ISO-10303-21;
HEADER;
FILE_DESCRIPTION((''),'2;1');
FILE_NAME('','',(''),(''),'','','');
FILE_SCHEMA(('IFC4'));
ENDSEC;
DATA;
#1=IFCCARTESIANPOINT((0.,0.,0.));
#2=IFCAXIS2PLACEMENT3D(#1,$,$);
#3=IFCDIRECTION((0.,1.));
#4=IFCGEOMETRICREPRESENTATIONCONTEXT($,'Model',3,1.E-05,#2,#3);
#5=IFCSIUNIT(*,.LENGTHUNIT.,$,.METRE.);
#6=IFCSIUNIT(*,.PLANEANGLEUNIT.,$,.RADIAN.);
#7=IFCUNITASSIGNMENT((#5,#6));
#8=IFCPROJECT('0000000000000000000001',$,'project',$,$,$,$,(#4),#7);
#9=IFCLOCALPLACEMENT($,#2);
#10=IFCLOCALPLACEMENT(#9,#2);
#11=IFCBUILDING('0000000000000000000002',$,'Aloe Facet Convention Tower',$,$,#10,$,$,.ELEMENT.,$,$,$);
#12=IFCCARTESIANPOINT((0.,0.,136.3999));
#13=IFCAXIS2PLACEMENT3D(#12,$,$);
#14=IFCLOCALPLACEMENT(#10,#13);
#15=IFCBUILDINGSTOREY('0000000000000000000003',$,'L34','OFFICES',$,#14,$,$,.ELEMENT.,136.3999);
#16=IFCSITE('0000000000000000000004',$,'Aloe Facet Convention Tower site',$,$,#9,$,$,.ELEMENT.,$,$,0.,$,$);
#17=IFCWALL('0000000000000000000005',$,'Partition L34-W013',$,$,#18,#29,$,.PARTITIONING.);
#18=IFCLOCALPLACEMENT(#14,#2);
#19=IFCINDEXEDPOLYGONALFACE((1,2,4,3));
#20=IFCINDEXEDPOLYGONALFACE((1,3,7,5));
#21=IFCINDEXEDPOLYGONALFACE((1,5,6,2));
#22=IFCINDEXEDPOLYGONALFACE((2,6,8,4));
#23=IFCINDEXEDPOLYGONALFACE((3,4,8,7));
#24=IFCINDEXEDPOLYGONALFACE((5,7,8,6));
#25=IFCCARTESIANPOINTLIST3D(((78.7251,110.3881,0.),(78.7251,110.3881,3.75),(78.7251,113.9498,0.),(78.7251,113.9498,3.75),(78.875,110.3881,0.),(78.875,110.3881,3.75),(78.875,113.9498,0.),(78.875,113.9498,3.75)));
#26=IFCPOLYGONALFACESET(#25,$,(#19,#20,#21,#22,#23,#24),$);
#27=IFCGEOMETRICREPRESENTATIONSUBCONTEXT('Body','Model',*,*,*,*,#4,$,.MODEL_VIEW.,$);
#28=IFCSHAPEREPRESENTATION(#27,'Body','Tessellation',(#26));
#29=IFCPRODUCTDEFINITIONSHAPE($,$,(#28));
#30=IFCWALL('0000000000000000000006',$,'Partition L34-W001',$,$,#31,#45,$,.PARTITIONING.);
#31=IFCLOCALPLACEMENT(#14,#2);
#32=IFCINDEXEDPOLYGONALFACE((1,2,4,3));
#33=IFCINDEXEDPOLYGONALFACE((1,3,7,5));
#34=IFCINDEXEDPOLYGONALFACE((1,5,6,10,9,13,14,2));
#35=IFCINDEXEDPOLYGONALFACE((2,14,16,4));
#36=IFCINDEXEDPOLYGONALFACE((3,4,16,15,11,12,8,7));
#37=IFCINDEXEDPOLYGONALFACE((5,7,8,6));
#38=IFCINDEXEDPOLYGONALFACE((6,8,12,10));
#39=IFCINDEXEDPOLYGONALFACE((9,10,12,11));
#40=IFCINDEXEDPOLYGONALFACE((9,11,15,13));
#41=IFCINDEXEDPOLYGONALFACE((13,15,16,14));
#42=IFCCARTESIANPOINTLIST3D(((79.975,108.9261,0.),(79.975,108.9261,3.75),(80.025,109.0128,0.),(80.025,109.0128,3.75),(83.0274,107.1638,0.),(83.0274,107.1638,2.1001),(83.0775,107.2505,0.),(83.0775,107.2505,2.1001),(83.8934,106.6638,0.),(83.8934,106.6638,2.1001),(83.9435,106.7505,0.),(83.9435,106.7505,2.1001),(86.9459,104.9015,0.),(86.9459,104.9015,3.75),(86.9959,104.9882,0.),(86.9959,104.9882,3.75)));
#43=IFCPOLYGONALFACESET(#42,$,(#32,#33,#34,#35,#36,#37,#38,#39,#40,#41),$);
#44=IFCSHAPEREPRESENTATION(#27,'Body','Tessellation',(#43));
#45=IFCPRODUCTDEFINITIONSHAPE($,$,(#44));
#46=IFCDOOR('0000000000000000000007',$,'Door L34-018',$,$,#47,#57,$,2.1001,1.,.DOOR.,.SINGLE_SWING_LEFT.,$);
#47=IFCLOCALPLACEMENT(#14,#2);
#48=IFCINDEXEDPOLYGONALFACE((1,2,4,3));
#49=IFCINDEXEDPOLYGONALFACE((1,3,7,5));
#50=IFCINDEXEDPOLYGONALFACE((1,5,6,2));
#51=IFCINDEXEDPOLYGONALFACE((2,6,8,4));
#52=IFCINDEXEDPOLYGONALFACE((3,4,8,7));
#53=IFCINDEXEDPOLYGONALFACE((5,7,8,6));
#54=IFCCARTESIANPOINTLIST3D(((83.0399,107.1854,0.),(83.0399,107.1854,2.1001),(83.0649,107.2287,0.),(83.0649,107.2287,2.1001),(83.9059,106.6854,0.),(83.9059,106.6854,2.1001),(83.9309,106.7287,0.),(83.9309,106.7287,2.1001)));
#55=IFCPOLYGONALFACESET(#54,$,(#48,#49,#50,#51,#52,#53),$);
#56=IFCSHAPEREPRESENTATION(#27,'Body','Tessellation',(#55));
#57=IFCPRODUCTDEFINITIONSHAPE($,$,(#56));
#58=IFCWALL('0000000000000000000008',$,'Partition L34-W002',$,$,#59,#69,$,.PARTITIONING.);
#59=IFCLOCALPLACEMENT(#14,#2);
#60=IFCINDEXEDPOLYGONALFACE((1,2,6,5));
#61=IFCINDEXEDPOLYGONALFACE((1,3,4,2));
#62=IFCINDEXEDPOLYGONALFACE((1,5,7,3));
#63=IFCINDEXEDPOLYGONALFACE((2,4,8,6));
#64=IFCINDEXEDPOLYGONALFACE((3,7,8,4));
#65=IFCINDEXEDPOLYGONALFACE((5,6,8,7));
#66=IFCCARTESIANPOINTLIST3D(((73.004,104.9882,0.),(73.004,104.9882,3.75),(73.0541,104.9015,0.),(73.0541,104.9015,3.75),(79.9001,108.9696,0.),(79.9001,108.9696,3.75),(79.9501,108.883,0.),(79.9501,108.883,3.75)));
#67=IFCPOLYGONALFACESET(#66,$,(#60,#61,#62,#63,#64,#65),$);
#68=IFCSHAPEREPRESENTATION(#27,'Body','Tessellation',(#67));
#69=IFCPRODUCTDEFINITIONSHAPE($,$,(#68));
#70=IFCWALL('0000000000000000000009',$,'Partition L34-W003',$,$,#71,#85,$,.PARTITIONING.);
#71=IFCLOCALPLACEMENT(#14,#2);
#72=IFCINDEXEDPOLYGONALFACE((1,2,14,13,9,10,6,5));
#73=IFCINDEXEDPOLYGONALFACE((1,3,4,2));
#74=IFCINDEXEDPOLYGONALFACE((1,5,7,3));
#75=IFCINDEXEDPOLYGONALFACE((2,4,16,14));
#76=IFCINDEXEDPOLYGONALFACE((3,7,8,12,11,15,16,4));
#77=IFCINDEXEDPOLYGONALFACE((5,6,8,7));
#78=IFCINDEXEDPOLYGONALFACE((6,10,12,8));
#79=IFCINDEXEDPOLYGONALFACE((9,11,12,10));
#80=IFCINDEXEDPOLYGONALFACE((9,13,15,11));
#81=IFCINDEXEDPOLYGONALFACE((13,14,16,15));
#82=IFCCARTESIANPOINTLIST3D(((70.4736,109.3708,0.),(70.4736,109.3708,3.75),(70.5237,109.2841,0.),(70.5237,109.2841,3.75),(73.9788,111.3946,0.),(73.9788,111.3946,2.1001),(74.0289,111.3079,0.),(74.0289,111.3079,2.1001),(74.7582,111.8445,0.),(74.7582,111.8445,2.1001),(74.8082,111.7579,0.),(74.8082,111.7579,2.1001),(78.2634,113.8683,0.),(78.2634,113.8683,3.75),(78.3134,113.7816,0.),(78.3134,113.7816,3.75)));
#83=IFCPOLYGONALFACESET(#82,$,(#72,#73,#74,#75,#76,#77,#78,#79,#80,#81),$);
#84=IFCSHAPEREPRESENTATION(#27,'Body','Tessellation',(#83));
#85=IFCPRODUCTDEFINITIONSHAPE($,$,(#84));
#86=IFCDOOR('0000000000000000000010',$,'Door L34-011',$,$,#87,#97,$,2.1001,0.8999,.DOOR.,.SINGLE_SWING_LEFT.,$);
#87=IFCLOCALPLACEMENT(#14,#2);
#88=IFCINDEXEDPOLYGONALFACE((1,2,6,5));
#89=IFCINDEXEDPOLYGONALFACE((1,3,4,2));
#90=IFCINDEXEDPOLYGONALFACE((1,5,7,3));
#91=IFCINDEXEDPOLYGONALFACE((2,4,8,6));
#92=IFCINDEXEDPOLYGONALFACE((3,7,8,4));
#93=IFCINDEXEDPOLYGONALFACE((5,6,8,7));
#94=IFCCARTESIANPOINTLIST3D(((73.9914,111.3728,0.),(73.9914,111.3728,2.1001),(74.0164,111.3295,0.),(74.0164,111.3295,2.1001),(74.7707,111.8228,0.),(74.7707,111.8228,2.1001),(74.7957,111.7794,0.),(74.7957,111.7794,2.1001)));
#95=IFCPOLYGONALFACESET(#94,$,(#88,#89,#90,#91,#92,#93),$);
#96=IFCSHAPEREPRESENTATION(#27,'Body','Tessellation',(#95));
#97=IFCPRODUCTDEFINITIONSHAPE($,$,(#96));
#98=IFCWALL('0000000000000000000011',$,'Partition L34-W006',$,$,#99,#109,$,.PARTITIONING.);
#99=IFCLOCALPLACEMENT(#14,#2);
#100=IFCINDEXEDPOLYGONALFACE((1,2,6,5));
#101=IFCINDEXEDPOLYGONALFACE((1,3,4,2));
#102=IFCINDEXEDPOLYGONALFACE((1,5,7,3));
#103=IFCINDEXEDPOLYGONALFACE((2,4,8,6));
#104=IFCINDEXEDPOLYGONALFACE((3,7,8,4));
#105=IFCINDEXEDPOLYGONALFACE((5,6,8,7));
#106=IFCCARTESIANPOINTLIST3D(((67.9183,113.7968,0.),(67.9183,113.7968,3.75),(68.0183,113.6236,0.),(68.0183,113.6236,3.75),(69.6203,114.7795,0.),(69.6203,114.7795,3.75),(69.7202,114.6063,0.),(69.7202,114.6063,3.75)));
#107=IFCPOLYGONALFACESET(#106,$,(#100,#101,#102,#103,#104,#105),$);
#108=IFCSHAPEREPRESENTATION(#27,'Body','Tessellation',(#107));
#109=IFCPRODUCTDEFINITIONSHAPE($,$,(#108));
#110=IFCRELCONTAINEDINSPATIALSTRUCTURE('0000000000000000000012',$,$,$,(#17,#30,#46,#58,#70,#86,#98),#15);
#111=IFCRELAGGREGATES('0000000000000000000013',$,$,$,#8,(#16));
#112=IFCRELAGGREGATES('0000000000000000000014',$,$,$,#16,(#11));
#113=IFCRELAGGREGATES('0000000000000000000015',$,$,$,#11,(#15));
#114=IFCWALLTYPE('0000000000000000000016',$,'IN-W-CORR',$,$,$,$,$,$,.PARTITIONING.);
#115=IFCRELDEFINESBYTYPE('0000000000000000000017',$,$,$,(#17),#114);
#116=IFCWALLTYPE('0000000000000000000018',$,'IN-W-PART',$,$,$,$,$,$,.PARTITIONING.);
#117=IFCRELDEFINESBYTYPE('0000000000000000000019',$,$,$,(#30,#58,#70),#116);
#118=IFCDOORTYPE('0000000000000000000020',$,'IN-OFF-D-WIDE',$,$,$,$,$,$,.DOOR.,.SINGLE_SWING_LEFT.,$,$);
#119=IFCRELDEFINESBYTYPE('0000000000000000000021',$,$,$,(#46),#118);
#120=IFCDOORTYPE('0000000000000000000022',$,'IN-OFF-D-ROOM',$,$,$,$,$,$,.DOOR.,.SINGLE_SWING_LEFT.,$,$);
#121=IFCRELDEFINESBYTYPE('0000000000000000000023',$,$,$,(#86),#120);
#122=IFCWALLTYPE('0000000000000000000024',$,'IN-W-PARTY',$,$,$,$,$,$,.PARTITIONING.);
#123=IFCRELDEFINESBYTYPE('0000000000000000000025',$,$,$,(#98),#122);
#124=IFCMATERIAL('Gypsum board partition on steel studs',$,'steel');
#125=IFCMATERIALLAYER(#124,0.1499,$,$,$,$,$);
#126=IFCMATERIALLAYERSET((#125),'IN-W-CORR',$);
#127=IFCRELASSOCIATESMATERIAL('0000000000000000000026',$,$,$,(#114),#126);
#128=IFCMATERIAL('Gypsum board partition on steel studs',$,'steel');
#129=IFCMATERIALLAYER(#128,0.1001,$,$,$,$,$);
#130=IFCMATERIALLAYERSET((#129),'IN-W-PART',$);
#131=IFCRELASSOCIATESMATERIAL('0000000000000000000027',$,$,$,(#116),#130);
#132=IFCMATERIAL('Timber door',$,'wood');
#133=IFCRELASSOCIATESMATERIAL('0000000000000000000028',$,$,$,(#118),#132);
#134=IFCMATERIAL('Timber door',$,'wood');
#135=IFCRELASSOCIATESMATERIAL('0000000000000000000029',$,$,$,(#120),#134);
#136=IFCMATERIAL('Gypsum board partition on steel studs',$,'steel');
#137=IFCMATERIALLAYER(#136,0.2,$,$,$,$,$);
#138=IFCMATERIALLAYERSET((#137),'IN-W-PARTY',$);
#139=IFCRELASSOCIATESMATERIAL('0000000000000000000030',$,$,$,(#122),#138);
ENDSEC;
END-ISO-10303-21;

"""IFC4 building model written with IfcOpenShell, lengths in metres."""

from ifc_helpers import new_model, si_unit, direction, frame, frame_2d, origin, place, context, subcontext, project, spatial, rectangle, extrude, material, layer, layer_set, type_object, element, fill, save


model = new_model("IFC4")

# Units and contexts
model_context = context("Model", 3, precision=1e-05, world=origin(), true_north=direction((0.0, 1.0)))
body_context = subcontext(model_context, "Body", "Model", "MODEL_VIEW")
ifc_project = project(units=[si_unit("LENGTHUNIT", "METRE"), si_unit("PLANEANGLEUNIT", "RADIAN")], contexts=[model_context])

# Site, building, storey
site_placement = place(None, origin())
site = spatial("IfcSite", under=ifc_project, at=site_placement, Name="Aloe Facet Convention Tower site", CompositionType="ELEMENT", RefElevation=0.0)
building_placement = place(site_placement, origin())
building = spatial("IfcBuilding", under=site, at=building_placement, Name="Aloe Facet Convention Tower", CompositionType="ELEMENT")
storey_placement = place(building_placement, frame((0.0, 0.0, 136.3999)))
storey = spatial("IfcBuildingStorey", under=building, at=storey_placement, Name="L34", Description="OFFICES", CompositionType="ELEMENT", Elevation=136.3999)

# Shared definitions
ifc_material_1 = material(Name="Gypsum board partition on steel studs", Category="steel")
ifc_layer_1 = layer(ifc_material_1, 0.1499)
ifc_layer_set_1 = layer_set([ifc_layer_1], Name="IN-W-CORR")
wall_type_1 = type_object("IfcWallType", Name="IN-W-CORR", PredefinedType="PARTITIONING", material=ifc_layer_set_1)

# Wall
wall_1_placement = place(storey_placement, frame((78.8, 110.3882, 0.0), z_axis=(0.0, 0.0, 1.0), x_axis=(0.0, 1.0, 0.0)))
element("IfcWall", 1, at=wall_1_placement, inside=storey, type_object=wall_type_1, Name="Partition L34-W013", PredefinedType="PARTITIONING", context=body_context, shape_type="SweptSolid", body=[
    extrude(rectangle(XDim=3.5618, YDim=0.1499, at=frame_2d((1.7808, 0.0))), origin(), (0.0, 0.0, 1.0), 3.75),
])

# Wall, opening, door
ifc_material_2 = material(Name="Gypsum board partition on steel studs", Category="steel")
ifc_layer_2 = layer(ifc_material_2, 0.1001)
ifc_layer_set_2 = layer_set([ifc_layer_2], Name="IN-W-PART")
wall_type_2 = type_object("IfcWallType", Name="IN-W-PART", PredefinedType="PARTITIONING", material=ifc_layer_set_2)
wall_2_placement = place(storey_placement, frame((80.0, 108.9695, 0.0), z_axis=(0.0, 0.0, 1.0), x_axis=(0.866026, -0.499998, 0.0)))
wall_2 = element("IfcWall", 2, at=wall_2_placement, inside=storey, type_object=wall_type_2, Name="Partition L34-W001", PredefinedType="PARTITIONING", context=body_context, shape_type="SweptSolid", body=[
    extrude(rectangle(XDim=8.0493, YDim=0.1001, at=frame_2d((4.0247, 0.0))), origin(), (0.0, 0.0, 1.0), 3.75),
])
opening_1_placement = place(wall_2_placement, frame((3.5247, 0.0, 0.0)))
opening_1 = element("IfcOpeningElement", 3, at=opening_1_placement, cuts=wall_2, PredefinedType="OPENING", context=body_context, shape_type="SweptSolid", body=[
    extrude(rectangle(XDim=1.0, YDim=2.1001, at=frame_2d((0.5, 1.05))), frame((0.0, 0.0601, 0.0), z_axis=(0.0, -1.0, 0.0), x_axis=(1.0, 0.0, 0.0)), (0.0, 0.0, 1.0), 0.1201),
])
ifc_material_3 = material(Name="Timber door", Category="wood")
door_type_1 = type_object("IfcDoorType", Name="IN-OFF-D-WIDE", OperationType="SINGLE_SWING_LEFT", PredefinedType="DOOR", material=ifc_material_3)
door_1_placement = place(opening_1_placement, origin())
door_1 = element("IfcDoor", 4, at=door_1_placement, inside=storey, type_object=door_type_1, Name="Door L34-018", OperationType="SINGLE_SWING_LEFT", OverallHeight=2.1001, OverallWidth=1.0, PredefinedType="DOOR", context=body_context, shape_type="SweptSolid", body=[
    extrude(rectangle(XDim=1.0, YDim=2.1001, at=frame_2d((0.5, 1.05))), frame((0.0, 0.0249, 0.0), z_axis=(0.0, -1.0, 0.0), x_axis=(1.0, 0.0, 0.0)), (0.0, 0.0, 1.0), 0.05),
])
fill(opening_1, door_1)

# Wall
wall_3_placement = place(storey_placement, frame((73.0291, 104.9448, 0.0), z_axis=(0.0, 0.0, 1.0), x_axis=(0.866023, 0.500004, 0.0)))
element("IfcWall", 5, at=wall_3_placement, inside=storey, type_object=wall_type_2, Name="Partition L34-W002", PredefinedType="PARTITIONING", context=body_context, shape_type="SweptSolid", body=[
    extrude(rectangle(XDim=7.9629, YDim=0.1001, at=frame_2d((3.9814, 0.0))), origin(), (0.0, 0.0, 1.0), 3.75),
])

# Wall, opening, door
wall_4_placement = place(storey_placement, frame((70.4985, 109.3274, 0.0), z_axis=(0.0, 0.0, 1.0), x_axis=(0.86602, 0.50001, 0.0)))
wall_4 = element("IfcWall", 6, at=wall_4_placement, inside=storey, type_object=wall_type_2, Name="Partition L34-W003", PredefinedType="PARTITIONING", context=body_context, shape_type="SweptSolid", body=[
    extrude(rectangle(XDim=8.9949, YDim=0.1001, at=frame_2d((4.4976, 0.0))), origin(), (0.0, 0.0, 1.0), 3.75),
])
opening_2_placement = place(wall_4_placement, frame((4.0476, 0.0, 0.0)))
opening_2 = element("IfcOpeningElement", 7, at=opening_2_placement, cuts=wall_4, PredefinedType="OPENING", context=body_context, shape_type="SweptSolid", body=[
    extrude(rectangle(XDim=0.8999, YDim=2.1001, at=frame_2d((0.45, 1.05))), frame((0.0, 0.0601, 0.0), z_axis=(0.0, -1.0, 0.0), x_axis=(1.0, 0.0, 0.0)), (0.0, 0.0, 1.0), 0.1201),
])
ifc_material_4 = material(Name="Timber door", Category="wood")
door_type_2 = type_object("IfcDoorType", Name="IN-OFF-D-ROOM", OperationType="SINGLE_SWING_LEFT", PredefinedType="DOOR", material=ifc_material_4)
door_2_placement = place(opening_2_placement, origin())
door_2 = element("IfcDoor", 8, at=door_2_placement, inside=storey, type_object=door_type_2, Name="Door L34-011", OperationType="SINGLE_SWING_LEFT", OverallHeight=2.1001, OverallWidth=0.8999, PredefinedType="DOOR", context=body_context, shape_type="SweptSolid", body=[
    extrude(rectangle(XDim=0.8999, YDim=2.1001, at=frame_2d((0.45, 1.05))), frame((0.0, 0.0249, 0.0), z_axis=(0.0, -1.0, 0.0), x_axis=(1.0, 0.0, 0.0)), (0.0, 0.0, 1.0), 0.05),
])
fill(opening_2, door_2)

# Wall
ifc_material_5 = material(Name="Gypsum board partition on steel studs", Category="steel")
ifc_layer_3 = layer(ifc_material_5, 0.2)
ifc_layer_set_3 = layer_set([ifc_layer_3], Name="IN-W-PARTY")
wall_type_3 = type_object("IfcWallType", Name="IN-W-PARTY", PredefinedType="PARTITIONING", material=ifc_layer_set_3)
wall_5_placement = place(storey_placement, frame((67.9683, 113.7102, 0.0), z_axis=(0.0, 0.0, 1.0), x_axis=(0.86601, 0.500027, 0.0)))
element("IfcWall", 9, at=wall_5_placement, inside=storey, type_object=wall_type_3, Name="Partition L34-W006", PredefinedType="PARTITIONING", context=body_context, shape_type="SweptSolid", body=[
    extrude(rectangle(XDim=1.9653, YDim=0.2, at=frame_2d((0.9827, 0.0))), origin(), (0.0, 0.0, 1.0), 3.75),
])

save(model, "model.ifc")
